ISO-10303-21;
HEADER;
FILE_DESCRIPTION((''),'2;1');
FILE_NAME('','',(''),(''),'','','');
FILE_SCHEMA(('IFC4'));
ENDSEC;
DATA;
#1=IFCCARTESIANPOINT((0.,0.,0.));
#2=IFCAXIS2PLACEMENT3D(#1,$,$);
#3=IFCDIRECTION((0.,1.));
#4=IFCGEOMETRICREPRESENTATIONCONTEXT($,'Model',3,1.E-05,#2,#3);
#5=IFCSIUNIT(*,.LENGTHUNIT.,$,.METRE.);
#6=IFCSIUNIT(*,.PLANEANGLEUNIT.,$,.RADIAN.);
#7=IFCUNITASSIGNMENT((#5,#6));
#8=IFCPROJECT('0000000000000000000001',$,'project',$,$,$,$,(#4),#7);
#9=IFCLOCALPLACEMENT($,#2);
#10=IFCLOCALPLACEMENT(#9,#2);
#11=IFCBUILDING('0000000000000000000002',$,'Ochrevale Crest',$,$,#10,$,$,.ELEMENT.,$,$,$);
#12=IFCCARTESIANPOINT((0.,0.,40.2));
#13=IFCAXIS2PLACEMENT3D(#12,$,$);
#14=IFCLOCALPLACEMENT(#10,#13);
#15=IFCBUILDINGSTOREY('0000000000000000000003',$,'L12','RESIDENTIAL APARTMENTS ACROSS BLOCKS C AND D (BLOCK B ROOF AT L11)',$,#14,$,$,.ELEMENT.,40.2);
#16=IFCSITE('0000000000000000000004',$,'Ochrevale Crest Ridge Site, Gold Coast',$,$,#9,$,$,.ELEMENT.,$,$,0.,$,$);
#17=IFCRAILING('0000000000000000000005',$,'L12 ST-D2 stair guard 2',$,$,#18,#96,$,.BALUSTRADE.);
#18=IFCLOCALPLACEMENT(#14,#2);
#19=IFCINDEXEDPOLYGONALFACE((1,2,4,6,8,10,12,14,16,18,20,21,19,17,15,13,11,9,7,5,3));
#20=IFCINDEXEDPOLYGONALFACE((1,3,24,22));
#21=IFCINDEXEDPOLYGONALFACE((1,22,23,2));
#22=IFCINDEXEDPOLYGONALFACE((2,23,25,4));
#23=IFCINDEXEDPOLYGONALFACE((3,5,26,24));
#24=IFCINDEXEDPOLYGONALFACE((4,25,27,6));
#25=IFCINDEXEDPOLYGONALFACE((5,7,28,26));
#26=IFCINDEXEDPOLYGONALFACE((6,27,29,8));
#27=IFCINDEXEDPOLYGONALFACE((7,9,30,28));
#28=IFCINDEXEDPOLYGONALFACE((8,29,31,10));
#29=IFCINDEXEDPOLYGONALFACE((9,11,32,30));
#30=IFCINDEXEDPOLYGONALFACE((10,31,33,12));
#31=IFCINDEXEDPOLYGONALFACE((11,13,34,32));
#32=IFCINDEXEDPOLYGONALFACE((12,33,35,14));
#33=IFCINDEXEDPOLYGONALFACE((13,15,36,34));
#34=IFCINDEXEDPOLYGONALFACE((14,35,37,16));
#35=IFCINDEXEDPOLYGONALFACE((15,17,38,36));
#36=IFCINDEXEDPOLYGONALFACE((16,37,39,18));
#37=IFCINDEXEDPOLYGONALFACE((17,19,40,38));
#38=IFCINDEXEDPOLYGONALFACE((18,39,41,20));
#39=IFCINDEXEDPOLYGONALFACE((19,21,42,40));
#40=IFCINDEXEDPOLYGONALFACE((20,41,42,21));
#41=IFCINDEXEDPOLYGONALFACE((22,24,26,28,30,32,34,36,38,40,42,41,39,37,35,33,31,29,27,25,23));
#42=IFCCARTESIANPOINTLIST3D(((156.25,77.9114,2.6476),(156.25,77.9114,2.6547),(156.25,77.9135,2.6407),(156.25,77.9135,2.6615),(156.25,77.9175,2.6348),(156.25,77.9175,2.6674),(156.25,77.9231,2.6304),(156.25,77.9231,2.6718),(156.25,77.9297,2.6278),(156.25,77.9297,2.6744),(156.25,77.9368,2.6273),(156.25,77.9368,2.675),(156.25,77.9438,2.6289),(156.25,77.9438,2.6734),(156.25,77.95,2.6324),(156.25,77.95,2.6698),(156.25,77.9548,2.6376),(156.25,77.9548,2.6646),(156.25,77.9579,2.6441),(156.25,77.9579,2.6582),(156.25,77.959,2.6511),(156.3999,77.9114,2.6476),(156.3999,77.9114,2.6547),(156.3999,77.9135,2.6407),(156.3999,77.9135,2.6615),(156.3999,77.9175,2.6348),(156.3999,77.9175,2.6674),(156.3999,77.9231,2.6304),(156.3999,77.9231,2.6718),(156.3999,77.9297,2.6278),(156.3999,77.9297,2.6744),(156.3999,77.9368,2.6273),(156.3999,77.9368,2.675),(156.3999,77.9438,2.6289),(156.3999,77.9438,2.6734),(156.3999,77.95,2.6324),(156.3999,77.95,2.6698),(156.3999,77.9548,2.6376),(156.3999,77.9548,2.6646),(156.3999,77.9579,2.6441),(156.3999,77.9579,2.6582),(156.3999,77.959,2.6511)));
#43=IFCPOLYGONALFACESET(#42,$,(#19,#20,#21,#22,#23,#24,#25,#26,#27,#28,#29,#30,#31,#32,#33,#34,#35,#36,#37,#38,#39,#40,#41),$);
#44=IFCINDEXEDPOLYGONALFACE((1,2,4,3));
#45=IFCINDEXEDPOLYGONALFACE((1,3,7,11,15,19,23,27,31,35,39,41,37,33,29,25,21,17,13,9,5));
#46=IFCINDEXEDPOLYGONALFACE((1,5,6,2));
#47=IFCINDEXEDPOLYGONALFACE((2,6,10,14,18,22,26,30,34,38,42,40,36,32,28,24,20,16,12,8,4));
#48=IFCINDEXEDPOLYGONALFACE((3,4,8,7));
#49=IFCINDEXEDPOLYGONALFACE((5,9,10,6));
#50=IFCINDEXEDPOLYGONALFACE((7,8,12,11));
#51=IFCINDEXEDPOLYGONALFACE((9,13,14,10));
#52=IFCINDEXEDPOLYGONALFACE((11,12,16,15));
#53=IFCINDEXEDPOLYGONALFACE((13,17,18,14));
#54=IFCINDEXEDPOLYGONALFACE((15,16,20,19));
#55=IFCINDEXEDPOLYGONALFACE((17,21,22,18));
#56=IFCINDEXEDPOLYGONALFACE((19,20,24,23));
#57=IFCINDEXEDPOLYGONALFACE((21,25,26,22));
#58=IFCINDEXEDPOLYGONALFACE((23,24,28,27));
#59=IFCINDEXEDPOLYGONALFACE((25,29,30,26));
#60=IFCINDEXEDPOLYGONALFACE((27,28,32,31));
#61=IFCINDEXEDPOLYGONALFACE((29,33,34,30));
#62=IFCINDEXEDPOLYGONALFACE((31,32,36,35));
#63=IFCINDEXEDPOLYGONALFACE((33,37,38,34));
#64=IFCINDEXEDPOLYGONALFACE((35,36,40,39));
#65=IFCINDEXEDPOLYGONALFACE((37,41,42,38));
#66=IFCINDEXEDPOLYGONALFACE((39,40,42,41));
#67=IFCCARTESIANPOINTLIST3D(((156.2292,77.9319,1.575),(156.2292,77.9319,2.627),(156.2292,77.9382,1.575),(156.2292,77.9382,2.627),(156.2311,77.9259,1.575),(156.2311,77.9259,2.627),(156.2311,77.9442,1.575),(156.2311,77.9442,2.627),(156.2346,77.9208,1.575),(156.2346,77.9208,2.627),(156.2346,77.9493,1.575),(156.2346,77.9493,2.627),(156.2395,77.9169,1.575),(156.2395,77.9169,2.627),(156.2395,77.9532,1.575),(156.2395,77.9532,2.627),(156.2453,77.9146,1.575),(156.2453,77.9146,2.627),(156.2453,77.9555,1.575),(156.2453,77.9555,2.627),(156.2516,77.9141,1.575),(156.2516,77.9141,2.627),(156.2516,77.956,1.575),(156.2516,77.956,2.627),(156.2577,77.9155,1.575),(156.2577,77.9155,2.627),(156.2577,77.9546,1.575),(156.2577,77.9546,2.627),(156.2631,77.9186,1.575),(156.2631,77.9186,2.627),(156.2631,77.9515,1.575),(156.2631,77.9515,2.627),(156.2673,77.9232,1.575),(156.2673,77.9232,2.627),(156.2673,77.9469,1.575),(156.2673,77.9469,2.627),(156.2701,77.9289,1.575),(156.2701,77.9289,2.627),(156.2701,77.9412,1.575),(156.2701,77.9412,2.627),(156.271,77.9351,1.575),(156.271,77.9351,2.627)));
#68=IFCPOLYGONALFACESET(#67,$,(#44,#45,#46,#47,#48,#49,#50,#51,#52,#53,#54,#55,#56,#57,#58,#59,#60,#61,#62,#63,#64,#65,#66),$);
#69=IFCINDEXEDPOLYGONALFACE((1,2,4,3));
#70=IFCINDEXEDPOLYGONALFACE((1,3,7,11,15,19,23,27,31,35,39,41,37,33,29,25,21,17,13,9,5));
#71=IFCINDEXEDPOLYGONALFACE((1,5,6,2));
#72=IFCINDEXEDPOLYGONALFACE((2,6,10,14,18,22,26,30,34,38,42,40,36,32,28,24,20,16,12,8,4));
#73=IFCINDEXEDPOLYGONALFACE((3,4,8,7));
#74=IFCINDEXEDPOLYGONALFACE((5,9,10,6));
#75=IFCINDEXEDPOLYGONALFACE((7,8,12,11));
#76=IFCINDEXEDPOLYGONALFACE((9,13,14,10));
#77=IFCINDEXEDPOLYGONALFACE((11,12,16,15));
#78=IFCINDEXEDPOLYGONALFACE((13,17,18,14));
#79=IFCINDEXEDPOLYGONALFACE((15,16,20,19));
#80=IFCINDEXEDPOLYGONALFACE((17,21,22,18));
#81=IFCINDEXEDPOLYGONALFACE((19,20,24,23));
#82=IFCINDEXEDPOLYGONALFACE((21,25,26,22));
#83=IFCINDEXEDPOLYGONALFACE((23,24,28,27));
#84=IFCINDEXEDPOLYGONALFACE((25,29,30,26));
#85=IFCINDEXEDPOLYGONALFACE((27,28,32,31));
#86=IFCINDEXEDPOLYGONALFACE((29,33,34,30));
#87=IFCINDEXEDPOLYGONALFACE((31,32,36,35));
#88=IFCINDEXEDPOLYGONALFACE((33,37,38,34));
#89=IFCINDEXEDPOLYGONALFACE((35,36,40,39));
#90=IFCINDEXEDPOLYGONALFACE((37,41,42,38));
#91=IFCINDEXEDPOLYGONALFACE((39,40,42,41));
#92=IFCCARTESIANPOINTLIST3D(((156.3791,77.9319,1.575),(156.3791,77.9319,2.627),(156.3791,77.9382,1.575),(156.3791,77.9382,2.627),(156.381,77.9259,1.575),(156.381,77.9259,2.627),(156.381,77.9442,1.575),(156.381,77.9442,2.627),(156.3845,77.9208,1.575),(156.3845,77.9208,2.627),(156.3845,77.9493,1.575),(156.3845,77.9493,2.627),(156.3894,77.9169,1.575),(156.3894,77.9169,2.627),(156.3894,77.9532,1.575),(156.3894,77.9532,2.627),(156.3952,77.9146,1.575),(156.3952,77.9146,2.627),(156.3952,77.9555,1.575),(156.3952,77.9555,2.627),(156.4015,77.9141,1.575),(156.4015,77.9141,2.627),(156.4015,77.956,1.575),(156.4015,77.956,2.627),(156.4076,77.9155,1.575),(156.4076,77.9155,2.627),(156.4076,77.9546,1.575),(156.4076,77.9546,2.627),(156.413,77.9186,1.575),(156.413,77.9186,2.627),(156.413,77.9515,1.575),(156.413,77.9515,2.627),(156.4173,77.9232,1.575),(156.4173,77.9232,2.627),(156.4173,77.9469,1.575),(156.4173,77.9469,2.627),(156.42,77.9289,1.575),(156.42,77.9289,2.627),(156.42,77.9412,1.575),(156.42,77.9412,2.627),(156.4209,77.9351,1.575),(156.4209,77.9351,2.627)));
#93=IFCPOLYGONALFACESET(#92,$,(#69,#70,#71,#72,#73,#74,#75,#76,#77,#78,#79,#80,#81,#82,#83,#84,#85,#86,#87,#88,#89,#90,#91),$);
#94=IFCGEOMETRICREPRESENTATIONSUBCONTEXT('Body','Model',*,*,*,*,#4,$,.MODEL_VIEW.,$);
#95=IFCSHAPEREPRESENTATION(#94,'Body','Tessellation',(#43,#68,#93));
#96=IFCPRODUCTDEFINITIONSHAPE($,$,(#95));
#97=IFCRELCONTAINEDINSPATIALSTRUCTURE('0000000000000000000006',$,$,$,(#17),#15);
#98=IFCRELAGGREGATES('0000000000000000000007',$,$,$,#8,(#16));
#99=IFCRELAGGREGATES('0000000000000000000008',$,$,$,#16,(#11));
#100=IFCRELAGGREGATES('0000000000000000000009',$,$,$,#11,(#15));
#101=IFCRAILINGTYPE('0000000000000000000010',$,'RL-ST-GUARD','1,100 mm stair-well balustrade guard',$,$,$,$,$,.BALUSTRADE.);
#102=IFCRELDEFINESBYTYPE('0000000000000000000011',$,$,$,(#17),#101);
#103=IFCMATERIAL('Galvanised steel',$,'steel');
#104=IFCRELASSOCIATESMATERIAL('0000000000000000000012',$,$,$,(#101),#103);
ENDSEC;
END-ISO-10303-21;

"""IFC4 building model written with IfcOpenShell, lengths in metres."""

from ifc_helpers import new_model, si_unit, direction, frame, origin, origin_2d, place, context, subcontext, project, spatial, circle, extrude, material, type_object, element, save


model = new_model("IFC4")

# Units and contexts
model_context = context("Model", 3, precision=1e-05, world=origin(), true_north=direction((0.0, 1.0)))
body_context = subcontext(model_context, "Body", "Model", "MODEL_VIEW")
ifc_project = project(units=[si_unit("LENGTHUNIT", "METRE"), si_unit("PLANEANGLEUNIT", "RADIAN")], contexts=[model_context])

# Site, building, storey
site_placement = place(None, origin())
site = spatial("IfcSite", under=ifc_project, at=site_placement, Name="Ochrevale Crest Ridge Site, Gold Coast", CompositionType="ELEMENT", RefElevation=0.0)
building_placement = place(site_placement, origin())
building = spatial("IfcBuilding", under=site, at=building_placement, Name="Ochrevale Crest", CompositionType="ELEMENT")
storey_placement = place(building_placement, frame((0.0, 0.0, 40.2)))
storey = spatial("IfcBuildingStorey", under=building, at=storey_placement, Name="L12", Description="RESIDENTIAL APARTMENTS ACROSS BLOCKS C AND D (BLOCK B ROOF AT L11)", CompositionType="ELEMENT", Elevation=40.2)

# Railing
ifc_material_1 = material(Name="Galvanised steel", Category="steel")
railing_type_1 = type_object("IfcRailingType", Name="RL-ST-GUARD", Description="1,100 mm stair-well balustrade guard", PredefinedType="BALUSTRADE", material=ifc_material_1)
railing_1_placement = place(storey_placement, frame((156.25, 77.9351, 1.575)))
element("IfcRailing", 1, at=railing_1_placement, inside=storey, type_object=railing_type_1, Name="L12 ST-D2 stair guard 2", PredefinedType="BALUSTRADE", context=body_context, shape_type="SweptSolid", body=[
    extrude(circle(Radius=0.0239, at=origin_2d()), frame((0.0, 0.0, 1.0762), z_axis=(1.0, 0.0, 0.0), x_axis=(0.0, 1.0, 0.0)), (0.0, 0.0, 1.0), 0.1499),
    extrude(circle(Radius=0.021, at=origin_2d()), origin(), (0.0, 0.0, 1.0), 1.052),
    extrude(circle(Radius=0.021, at=origin_2d()), frame((0.1499, 0.0, 0.0)), (0.0, 0.0, 1.0), 1.052),
])

save(model, "model.ifc")
